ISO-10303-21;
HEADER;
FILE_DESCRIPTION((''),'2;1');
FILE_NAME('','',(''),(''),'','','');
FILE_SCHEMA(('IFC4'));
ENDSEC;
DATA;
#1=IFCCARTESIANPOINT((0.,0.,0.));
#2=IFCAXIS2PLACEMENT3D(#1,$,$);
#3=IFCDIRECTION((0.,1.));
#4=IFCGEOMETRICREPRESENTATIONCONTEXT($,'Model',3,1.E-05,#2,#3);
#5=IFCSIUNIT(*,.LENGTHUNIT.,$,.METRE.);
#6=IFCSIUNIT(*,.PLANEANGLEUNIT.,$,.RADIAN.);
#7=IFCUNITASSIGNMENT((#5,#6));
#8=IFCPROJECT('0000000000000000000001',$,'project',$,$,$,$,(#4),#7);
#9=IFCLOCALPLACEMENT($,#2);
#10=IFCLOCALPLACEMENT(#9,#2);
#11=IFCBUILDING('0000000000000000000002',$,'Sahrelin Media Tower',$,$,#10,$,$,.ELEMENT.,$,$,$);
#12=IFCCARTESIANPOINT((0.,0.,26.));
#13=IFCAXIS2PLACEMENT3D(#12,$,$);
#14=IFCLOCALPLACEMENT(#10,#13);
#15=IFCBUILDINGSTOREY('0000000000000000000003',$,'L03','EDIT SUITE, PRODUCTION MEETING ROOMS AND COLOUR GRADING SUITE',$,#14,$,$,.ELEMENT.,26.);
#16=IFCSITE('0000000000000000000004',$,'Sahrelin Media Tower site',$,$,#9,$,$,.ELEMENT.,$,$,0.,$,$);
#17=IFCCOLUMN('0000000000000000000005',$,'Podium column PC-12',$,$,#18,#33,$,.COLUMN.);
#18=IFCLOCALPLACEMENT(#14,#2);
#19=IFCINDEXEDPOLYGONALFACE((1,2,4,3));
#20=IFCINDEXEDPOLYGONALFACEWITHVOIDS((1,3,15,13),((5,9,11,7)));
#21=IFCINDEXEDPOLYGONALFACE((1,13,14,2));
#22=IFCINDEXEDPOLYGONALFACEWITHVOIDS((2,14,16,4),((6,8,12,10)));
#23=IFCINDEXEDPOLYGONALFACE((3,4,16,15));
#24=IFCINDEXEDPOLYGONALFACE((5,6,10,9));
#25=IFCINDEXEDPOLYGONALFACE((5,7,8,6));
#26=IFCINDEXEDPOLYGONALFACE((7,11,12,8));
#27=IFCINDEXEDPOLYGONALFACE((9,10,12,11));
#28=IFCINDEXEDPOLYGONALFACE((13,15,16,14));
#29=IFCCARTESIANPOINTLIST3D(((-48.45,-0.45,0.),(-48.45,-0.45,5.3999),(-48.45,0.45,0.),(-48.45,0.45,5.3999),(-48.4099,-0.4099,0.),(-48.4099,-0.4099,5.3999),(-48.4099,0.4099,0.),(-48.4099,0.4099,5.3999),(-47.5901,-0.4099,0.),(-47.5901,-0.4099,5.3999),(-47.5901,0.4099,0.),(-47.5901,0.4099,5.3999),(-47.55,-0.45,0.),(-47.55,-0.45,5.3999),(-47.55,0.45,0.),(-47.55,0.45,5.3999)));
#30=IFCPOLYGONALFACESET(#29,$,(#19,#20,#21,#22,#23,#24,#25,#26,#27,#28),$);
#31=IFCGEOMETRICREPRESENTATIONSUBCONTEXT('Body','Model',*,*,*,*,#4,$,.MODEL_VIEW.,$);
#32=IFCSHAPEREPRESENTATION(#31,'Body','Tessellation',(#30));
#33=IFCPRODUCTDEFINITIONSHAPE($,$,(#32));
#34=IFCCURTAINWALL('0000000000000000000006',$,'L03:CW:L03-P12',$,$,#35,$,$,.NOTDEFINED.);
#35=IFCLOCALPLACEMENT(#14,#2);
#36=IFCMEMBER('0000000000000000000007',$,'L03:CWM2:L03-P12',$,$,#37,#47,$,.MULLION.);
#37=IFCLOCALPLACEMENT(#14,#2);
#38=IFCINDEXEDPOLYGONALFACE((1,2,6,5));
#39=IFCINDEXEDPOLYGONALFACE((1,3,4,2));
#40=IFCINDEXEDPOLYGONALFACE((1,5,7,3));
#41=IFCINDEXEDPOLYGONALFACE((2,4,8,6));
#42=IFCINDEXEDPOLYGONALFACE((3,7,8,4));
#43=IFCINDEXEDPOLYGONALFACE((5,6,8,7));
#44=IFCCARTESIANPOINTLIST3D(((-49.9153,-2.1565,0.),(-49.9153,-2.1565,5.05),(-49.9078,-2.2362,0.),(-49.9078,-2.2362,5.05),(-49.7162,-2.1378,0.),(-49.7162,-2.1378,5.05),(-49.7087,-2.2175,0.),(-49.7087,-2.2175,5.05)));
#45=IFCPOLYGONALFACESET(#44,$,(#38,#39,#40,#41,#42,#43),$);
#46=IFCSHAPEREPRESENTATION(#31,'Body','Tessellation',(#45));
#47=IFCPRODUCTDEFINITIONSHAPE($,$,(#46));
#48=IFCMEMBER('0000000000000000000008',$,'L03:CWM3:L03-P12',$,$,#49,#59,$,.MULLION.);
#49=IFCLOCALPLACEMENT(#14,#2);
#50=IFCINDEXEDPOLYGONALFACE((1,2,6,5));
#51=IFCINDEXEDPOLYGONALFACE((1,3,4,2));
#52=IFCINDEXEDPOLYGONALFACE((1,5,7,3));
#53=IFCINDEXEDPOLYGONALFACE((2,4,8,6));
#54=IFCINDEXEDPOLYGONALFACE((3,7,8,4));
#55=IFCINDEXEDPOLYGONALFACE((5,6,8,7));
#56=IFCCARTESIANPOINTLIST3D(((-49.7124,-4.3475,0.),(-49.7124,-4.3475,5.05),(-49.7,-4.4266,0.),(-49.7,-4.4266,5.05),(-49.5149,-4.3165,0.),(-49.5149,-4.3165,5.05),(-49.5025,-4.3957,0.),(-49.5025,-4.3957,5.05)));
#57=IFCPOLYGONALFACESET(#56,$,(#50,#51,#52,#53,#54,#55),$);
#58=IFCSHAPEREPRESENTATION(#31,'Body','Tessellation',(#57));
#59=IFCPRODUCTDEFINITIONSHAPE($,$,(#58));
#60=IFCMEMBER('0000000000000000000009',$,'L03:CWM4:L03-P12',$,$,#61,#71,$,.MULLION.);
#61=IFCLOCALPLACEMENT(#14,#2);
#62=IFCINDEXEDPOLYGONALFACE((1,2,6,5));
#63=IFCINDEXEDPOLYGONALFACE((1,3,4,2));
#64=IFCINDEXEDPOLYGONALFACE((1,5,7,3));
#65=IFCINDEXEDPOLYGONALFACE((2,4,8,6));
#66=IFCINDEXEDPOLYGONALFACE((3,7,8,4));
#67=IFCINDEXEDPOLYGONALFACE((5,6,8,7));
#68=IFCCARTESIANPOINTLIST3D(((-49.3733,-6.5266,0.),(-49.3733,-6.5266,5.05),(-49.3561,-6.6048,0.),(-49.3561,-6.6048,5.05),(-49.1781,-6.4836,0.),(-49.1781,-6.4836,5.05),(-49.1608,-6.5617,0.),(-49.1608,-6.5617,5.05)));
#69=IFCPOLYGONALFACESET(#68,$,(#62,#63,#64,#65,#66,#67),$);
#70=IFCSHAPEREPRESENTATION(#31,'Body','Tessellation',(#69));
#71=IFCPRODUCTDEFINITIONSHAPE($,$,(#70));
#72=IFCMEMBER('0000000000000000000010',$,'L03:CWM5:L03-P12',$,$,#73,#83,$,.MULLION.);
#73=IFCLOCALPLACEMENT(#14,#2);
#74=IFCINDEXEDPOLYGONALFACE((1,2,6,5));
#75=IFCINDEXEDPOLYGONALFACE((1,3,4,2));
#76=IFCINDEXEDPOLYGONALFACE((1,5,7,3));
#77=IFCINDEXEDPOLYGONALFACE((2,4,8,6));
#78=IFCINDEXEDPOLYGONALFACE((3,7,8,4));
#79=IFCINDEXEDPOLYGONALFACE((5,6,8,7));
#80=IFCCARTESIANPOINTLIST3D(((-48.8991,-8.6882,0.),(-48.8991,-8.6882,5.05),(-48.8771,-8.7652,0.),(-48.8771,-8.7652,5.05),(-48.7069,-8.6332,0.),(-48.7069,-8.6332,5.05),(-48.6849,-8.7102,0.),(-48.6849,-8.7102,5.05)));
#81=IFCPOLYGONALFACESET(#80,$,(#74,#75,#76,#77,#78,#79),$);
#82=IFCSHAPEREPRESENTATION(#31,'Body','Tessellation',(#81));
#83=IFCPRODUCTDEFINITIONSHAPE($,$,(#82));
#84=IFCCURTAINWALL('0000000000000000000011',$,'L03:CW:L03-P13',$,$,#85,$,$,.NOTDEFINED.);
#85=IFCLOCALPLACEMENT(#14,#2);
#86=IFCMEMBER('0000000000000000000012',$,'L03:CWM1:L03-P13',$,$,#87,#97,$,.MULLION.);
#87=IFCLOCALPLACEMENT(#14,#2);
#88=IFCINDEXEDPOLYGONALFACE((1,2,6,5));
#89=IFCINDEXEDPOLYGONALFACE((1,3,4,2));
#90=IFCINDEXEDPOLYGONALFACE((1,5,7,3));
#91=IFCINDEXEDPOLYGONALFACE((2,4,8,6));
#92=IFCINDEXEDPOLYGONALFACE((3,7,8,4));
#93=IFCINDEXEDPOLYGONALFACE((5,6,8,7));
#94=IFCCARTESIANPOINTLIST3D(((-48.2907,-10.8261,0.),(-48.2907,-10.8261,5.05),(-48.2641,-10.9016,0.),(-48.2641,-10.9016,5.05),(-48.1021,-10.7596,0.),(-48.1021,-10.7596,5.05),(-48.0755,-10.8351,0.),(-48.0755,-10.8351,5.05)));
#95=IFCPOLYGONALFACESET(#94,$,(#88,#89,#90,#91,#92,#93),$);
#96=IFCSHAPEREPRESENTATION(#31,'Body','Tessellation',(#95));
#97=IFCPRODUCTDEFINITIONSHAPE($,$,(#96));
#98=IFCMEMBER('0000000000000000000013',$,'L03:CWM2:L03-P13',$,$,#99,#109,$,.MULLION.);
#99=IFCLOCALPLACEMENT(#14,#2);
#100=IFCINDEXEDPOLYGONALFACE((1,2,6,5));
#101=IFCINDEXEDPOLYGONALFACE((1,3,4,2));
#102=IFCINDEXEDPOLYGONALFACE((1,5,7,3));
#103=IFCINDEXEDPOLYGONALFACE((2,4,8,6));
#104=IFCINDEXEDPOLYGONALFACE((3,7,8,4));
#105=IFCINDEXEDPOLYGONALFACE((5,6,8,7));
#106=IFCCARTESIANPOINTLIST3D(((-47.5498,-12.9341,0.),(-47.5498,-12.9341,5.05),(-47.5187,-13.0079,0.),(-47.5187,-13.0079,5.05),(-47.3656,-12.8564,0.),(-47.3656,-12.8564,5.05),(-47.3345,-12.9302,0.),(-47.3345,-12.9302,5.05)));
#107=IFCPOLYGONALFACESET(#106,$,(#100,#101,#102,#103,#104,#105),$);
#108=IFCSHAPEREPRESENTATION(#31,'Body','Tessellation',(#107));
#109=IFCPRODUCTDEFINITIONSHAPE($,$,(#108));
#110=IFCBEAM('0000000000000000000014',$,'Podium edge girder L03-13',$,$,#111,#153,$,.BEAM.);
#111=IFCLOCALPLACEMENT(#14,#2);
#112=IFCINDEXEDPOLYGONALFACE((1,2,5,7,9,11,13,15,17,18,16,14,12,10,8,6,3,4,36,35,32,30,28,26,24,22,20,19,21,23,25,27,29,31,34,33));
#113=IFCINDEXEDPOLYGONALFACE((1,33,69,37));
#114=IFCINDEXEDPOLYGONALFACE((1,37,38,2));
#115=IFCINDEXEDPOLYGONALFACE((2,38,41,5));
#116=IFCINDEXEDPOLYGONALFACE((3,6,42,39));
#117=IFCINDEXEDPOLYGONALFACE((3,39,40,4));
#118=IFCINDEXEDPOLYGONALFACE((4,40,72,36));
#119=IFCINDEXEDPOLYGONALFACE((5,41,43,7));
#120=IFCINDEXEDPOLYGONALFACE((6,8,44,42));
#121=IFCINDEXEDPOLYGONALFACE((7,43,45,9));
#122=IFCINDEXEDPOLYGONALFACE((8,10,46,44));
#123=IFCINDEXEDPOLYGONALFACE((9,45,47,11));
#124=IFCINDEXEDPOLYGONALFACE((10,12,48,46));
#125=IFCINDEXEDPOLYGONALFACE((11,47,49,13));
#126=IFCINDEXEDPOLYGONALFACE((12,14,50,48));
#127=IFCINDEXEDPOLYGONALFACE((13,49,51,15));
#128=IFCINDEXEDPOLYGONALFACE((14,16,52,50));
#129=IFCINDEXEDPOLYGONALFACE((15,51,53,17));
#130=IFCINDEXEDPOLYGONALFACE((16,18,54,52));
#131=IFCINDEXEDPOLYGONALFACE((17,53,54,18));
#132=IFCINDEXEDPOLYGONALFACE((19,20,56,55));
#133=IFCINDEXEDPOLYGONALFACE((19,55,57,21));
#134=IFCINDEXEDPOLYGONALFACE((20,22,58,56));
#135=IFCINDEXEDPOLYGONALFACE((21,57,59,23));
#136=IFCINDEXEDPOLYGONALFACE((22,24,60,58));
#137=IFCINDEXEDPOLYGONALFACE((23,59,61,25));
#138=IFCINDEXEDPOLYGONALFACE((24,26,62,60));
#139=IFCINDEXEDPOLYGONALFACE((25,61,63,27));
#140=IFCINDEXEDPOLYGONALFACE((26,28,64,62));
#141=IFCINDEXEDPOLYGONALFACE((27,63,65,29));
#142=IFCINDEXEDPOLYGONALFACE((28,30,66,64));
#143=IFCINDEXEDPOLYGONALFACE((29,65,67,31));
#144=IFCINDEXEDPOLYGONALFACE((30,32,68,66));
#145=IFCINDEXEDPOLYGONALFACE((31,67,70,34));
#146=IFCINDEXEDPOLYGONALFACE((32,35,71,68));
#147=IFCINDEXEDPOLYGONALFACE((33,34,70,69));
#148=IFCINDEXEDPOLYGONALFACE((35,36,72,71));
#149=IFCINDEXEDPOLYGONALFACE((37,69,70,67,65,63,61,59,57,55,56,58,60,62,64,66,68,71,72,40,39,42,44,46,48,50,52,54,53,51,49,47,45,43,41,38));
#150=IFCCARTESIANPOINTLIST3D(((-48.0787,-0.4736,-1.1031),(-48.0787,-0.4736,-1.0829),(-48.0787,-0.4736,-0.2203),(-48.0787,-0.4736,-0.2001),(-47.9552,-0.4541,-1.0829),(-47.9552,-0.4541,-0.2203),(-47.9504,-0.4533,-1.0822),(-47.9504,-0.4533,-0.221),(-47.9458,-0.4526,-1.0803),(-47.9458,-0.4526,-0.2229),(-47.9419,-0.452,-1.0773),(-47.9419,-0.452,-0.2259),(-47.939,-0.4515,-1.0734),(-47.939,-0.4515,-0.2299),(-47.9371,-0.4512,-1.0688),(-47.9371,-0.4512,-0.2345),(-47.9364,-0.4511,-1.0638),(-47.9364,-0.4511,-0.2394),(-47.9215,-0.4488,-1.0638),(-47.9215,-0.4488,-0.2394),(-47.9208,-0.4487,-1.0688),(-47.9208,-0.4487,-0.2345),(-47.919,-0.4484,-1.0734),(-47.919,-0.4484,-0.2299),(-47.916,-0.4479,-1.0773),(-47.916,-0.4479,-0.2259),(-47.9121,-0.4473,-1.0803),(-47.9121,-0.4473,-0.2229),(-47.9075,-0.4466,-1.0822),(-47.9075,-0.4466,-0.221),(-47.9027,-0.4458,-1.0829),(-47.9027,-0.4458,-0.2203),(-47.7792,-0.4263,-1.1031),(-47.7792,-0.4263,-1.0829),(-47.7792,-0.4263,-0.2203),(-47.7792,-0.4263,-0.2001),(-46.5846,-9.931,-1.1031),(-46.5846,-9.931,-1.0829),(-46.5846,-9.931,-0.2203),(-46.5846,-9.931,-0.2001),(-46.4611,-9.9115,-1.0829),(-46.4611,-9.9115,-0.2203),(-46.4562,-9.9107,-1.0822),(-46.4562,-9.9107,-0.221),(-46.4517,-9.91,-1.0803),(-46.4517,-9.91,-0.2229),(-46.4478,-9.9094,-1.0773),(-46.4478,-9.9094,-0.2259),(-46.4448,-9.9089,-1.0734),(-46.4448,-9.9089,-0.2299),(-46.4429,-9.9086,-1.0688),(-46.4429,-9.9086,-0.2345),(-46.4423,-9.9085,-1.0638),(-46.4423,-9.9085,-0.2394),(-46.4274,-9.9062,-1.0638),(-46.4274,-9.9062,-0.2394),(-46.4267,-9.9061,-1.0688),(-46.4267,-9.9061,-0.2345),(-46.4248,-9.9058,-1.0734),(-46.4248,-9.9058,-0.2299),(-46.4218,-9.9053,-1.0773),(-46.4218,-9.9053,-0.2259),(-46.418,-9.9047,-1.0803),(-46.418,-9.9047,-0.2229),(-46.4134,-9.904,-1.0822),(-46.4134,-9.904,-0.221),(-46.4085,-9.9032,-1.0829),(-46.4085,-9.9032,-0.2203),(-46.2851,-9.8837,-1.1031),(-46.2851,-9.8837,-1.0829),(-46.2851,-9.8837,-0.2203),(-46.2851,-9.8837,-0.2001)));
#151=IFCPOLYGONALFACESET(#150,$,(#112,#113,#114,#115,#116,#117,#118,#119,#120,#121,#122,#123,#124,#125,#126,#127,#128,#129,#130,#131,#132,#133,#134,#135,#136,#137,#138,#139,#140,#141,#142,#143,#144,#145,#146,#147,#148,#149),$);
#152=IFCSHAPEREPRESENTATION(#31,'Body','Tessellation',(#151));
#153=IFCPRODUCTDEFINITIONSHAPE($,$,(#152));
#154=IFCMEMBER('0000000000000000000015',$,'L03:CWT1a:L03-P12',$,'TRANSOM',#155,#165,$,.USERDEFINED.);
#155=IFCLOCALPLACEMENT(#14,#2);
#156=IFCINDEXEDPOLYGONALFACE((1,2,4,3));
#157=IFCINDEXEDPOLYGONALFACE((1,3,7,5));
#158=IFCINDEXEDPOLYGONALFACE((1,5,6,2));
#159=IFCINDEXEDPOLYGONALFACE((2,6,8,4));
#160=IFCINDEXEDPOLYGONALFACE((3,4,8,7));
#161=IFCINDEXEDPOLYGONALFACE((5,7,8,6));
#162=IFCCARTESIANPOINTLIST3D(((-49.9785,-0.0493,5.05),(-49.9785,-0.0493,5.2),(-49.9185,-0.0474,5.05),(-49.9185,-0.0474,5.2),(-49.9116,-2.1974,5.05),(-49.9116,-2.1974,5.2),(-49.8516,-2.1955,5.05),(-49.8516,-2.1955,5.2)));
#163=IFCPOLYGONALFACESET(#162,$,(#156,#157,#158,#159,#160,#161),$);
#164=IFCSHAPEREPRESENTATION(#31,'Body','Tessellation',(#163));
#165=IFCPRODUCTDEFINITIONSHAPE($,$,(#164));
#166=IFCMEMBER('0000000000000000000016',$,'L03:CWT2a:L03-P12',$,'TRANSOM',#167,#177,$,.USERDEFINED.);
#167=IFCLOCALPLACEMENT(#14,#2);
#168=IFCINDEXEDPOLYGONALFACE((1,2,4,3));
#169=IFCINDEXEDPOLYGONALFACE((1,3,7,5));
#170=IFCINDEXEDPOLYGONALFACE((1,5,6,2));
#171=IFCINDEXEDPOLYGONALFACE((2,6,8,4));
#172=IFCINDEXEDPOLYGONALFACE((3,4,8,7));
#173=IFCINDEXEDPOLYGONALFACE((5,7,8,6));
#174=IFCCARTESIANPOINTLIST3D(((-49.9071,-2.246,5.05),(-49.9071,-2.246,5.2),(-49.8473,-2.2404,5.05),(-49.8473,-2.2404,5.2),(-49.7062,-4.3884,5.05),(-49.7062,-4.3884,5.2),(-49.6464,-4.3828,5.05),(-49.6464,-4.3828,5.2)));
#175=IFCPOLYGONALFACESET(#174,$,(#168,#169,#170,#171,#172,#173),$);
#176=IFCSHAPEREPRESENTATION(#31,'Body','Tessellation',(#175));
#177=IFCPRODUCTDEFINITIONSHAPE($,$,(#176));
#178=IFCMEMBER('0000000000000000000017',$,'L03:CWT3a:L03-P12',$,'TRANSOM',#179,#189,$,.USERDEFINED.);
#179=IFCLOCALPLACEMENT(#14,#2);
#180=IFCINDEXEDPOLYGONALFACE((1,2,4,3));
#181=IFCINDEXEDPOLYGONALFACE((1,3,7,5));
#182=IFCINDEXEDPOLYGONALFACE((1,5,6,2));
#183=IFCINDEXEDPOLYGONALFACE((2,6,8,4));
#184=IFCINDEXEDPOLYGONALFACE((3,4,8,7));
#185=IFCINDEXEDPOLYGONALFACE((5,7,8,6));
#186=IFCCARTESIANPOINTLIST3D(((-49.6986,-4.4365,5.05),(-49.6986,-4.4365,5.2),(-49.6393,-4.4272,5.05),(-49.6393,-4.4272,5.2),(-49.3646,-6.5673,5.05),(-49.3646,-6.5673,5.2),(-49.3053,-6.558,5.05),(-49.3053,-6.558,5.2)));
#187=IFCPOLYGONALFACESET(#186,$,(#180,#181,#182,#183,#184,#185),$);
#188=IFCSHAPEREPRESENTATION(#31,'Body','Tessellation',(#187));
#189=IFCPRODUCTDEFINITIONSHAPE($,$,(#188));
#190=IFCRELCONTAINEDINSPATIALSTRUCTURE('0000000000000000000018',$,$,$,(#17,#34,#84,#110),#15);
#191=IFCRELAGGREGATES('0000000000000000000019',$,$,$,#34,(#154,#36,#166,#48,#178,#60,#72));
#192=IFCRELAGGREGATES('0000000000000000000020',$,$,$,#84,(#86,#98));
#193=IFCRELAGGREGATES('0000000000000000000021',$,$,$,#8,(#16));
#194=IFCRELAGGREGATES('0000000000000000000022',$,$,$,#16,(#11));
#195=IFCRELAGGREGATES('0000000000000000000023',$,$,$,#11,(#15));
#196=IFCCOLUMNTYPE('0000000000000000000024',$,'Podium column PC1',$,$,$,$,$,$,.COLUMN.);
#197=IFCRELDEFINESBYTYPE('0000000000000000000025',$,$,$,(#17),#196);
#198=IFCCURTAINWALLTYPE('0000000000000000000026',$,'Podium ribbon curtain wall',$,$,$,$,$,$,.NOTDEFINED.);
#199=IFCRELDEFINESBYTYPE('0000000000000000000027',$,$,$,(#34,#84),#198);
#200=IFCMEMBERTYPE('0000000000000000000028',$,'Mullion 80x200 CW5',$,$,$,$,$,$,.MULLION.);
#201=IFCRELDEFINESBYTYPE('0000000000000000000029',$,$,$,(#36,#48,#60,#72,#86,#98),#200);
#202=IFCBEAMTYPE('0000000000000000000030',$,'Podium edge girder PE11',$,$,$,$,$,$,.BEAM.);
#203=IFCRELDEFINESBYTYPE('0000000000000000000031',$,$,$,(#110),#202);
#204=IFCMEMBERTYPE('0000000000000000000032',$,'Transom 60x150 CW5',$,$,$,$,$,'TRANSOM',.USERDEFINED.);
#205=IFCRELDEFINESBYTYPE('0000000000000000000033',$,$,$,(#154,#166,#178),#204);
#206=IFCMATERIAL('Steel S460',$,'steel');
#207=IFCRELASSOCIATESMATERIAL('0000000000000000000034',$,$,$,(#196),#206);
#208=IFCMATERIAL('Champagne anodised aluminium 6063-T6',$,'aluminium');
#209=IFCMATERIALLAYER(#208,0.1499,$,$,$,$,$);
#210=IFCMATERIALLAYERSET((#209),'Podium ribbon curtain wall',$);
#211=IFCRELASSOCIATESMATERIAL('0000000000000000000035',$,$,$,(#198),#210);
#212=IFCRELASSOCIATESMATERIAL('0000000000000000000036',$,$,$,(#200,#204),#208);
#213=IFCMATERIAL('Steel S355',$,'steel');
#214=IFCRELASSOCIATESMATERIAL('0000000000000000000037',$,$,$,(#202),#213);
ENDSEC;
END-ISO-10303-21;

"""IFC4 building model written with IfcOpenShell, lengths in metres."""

from ifc_helpers import new_model, si_unit, direction, frame, origin, origin_2d, place, context, subcontext, project, spatial, rectangle, hollow_rectangle, i_section, extrude, material, layer, layer_set, material_profile, profile_set, type_object, element, aggregate, save


model = new_model("IFC4")

# Units and contexts
model_context = context("Model", 3, precision=1e-05, world=origin(), true_north=direction((0.0, 1.0)))
body_context = subcontext(model_context, "Body", "Model", "MODEL_VIEW")
ifc_project = project(units=[si_unit("LENGTHUNIT", "METRE"), si_unit("PLANEANGLEUNIT", "RADIAN")], contexts=[model_context])

# Site, building, storey
site_placement = place(None, origin())
site = spatial("IfcSite", under=ifc_project, at=site_placement, Name="Sahrelin Media Tower site", CompositionType="ELEMENT", RefElevation=0.0)
building_placement = place(site_placement, origin())
building = spatial("IfcBuilding", under=site, at=building_placement, Name="Sahrelin Media Tower", CompositionType="ELEMENT")
storey_placement = place(building_placement, frame((0.0, 0.0, 26.0)))
storey = spatial("IfcBuildingStorey", under=building, at=storey_placement, Name="L03", Description="EDIT SUITE, PRODUCTION MEETING ROOMS AND COLOUR GRADING SUITE", CompositionType="ELEMENT", Elevation=26.0)

# Column
ifc_material_1 = material(Name="Steel S460", Category="steel")
ifc_material_profile_1 = material_profile(ifc_material_1, hollow_rectangle(XDim=0.8999, YDim=0.8999, WallThickness=0.04, at=origin_2d()), Name="Podium column PC1")
ifc_profile_set_1 = profile_set([ifc_material_profile_1], Name="Steel S460")
column_type = type_object("IfcColumnType", Name="Podium column PC1", PredefinedType="COLUMN", material=ifc_profile_set_1)
column_placement = place(storey_placement, frame((-48.0, 0.0, 0.0), z_axis=(0.0, 0.0, 1.0), x_axis=(-1.0, 0.0, 0.0)))
element("IfcColumn", 1, at=column_placement, inside=storey, type_object=column_type, Name="Podium column PC-12", PredefinedType="COLUMN", context=body_context, shape_type="SweptSolid", body=[
    extrude(hollow_rectangle(XDim=0.8999, YDim=0.8999, WallThickness=0.04, at=origin_2d()), origin(), (0.0, 0.0, 1.0), 5.3999),
])

# Curtain walls, members
ifc_material_2 = material(Name="Champagne anodised aluminium 6063-T6", Category="aluminium")
ifc_layer_1 = layer(ifc_material_2, 0.1499)
ifc_layer_set_1 = layer_set([ifc_layer_1], Name="Podium ribbon curtain wall")
curtain_wall_type = type_object("IfcCurtainWallType", Name="Podium ribbon curtain wall", PredefinedType="NOTDEFINED", material=ifc_layer_set_1)
curtain_wall_1_placement = place(storey_placement, frame((-50.0, 0.0, 0.0), z_axis=(0.0, 0.0, 1.0), x_axis=(1.0, 0.0, 0.0)))
curtain_wall_1 = element("IfcCurtainWall", 2, at=curtain_wall_1_placement, inside=storey, type_object=curtain_wall_type, Name="L03:CW:L03-P12", PredefinedType="NOTDEFINED")
ifc_material_profile_2 = material_profile(ifc_material_2, rectangle(XDim=0.0801, YDim=0.2, at=origin_2d()), Name="Mullion 80x200")
ifc_profile_set_2 = profile_set([ifc_material_profile_2], Name="Champagne anodised aluminium 6063-T6")
member_type_1 = type_object("IfcMemberType", Name="Mullion 80x200 CW5", PredefinedType="MULLION", material=ifc_profile_set_2)
member_1_placement = place(storey_placement, frame((-49.812, -2.187, 0.0), z_axis=(0.0, 0.0, 1.0), x_axis=(0.093292, -0.995639, 0.0)))
member_1 = element("IfcMember", 3, at=member_1_placement, type_object=member_type_1, Name="L03:CWM2:L03-P12", PredefinedType="MULLION", context=body_context, shape_type="SweptSolid", body=[
    extrude(rectangle(XDim=0.0801, YDim=0.2, at=origin_2d()), origin(), (0.0, 0.0, 1.0), 5.05),
])
member_2_placement = place(storey_placement, frame((-49.6074, -4.3716, 0.0), z_axis=(0.0, 0.0, 1.0), x_axis=(0.154852, -0.987938, 0.0)))
member_2 = element("IfcMember", 4, at=member_2_placement, type_object=member_type_1, Name="L03:CWM3:L03-P12", PredefinedType="MULLION", context=body_context, shape_type="SweptSolid", body=[
    extrude(rectangle(XDim=0.0801, YDim=0.2, at=origin_2d()), origin(), (0.0, 0.0, 1.0), 5.05),
])
member_3_placement = place(storey_placement, frame((-49.2671, -6.5442, 0.0), z_axis=(0.0, 0.0, 1.0), x_axis=(0.215438, -0.976518, 0.0)))
member_3 = element("IfcMember", 5, at=member_3_placement, type_object=member_type_1, Name="L03:CWM4:L03-P12", PredefinedType="MULLION", context=body_context, shape_type="SweptSolid", body=[
    extrude(rectangle(XDim=0.0801, YDim=0.2, at=origin_2d()), origin(), (0.0, 0.0, 1.0), 5.05),
])
member_4_placement = place(storey_placement, frame((-48.792, -8.6992, 0.0), z_axis=(0.0, 0.0, 1.0), x_axis=(0.27481, -0.961499, 0.0)))
member_4 = element("IfcMember", 6, at=member_4_placement, type_object=member_type_1, Name="L03:CWM5:L03-P12", PredefinedType="MULLION", context=body_context, shape_type="SweptSolid", body=[
    extrude(rectangle(XDim=0.0801, YDim=0.2, at=origin_2d()), origin(), (0.0, 0.0, 1.0), 5.05),
])
curtain_wall_2_placement = place(storey_placement, frame((-48.2964, -10.8704, 0.0), z_axis=(0.0, 0.0, 1.0), x_axis=(1.0, 0.0, 0.0)))
curtain_wall_2 = element("IfcCurtainWall", 7, at=curtain_wall_2_placement, inside=storey, type_object=curtain_wall_type, Name="L03:CW:L03-P13", PredefinedType="NOTDEFINED")
member_5_placement = place(storey_placement, frame((-48.1831, -10.8306, 0.0), z_axis=(0.0, 0.0, 1.0), x_axis=(0.332579, -0.943075, 0.0)))
member_5 = element("IfcMember", 8, at=member_5_placement, type_object=member_type_1, Name="L03:CWM1:L03-P13", PredefinedType="MULLION", context=body_context, shape_type="SweptSolid", body=[
    extrude(rectangle(XDim=0.0801, YDim=0.2, at=origin_2d()), origin(), (0.0, 0.0, 1.0), 5.05),
])
member_6_placement = place(storey_placement, frame((-47.4421, -12.9321, 0.0), z_axis=(0.0, 0.0, 1.0), x_axis=(0.38845, -0.92147, 0.0)))
member_6 = element("IfcMember", 9, at=member_6_placement, type_object=member_type_1, Name="L03:CWM2:L03-P13", PredefinedType="MULLION", context=body_context, shape_type="SweptSolid", body=[
    extrude(rectangle(XDim=0.0801, YDim=0.2, at=origin_2d()), origin(), (0.0, 0.0, 1.0), 5.05),
])

# Beam
ifc_material_3 = material(Name="Steel S355", Category="steel")
ifc_material_profile_3 = material_profile(ifc_material_3, i_section(OverallWidth=0.3032, OverallDepth=0.9031, WebThickness=0.0151, FlangeThickness=0.0203, FilletRadius=0.019, at=origin_2d()), Name="UB 914x305x201")
ifc_profile_set_3 = profile_set([ifc_material_profile_3], Name="Steel S355")
beam_type = type_object("IfcBeamType", Name="Podium edge girder PE11", PredefinedType="BEAM", material=ifc_profile_set_3)
beam_placement = place(storey_placement, frame((-47.929, -0.45, -0.6516), z_axis=(0.156049, -0.987749, 0.0), x_axis=(0.987749, 0.156049, 0.0)))
element("IfcBeam", 10, at=beam_placement, inside=storey, type_object=beam_type, Name="Podium edge girder L03-13", PredefinedType="BEAM", context=body_context, shape_type="SweptSolid", body=[
    extrude(i_section(OverallWidth=0.3032, OverallDepth=0.9031, WebThickness=0.0151, FlangeThickness=0.0203, FilletRadius=0.019, at=origin_2d()), origin(), (0.0, 0.0, 1.0), 9.5747),
])

# Members
ifc_material_profile_4 = material_profile(ifc_material_2, rectangle(XDim=0.0601, YDim=0.1499, at=origin_2d()), Name="Transom 60x150")
ifc_profile_set_4 = profile_set([ifc_material_profile_4], Name="Champagne anodised aluminium 6063-T6")
member_type_2 = type_object("IfcMemberType", Name="Transom 60x150 CW5", ElementType="TRANSOM", PredefinedType="USERDEFINED", material=ifc_profile_set_4)
member_7_placement = place(storey_placement, frame((-49.9485, -0.0483, 5.125), z_axis=(0.031125, -0.999516, 0.0), x_axis=(0.999516, 0.031125, 0.0)))
member_7 = element("IfcMember", 11, at=member_7_placement, type_object=member_type_2, Name="L03:CWT1a:L03-P12", ObjectType="TRANSOM", PredefinedType="USERDEFINED", context=body_context, shape_type="SweptSolid", body=[
    extrude(rectangle(XDim=0.0601, YDim=0.1499, at=origin_2d()), origin(), (0.0, 0.0, 1.0), 2.1492),
])
member_8_placement = place(storey_placement, frame((-49.8772, -2.2432, 5.125), z_axis=(0.093379, -0.995631, 0.0), x_axis=(0.995631, 0.093379, 0.0)))
member_8 = element("IfcMember", 12, at=member_8_placement, type_object=member_type_2, Name="L03:CWT2a:L03-P12", ObjectType="TRANSOM", PredefinedType="USERDEFINED", context=body_context, shape_type="SweptSolid", body=[
    extrude(rectangle(XDim=0.0601, YDim=0.1499, at=origin_2d()), origin(), (0.0, 0.0, 1.0), 2.1519),
])
member_9_placement = place(storey_placement, frame((-49.6689, -4.4319, 5.125), z_axis=(0.154864, -0.987936, 0.0), x_axis=(0.987936, 0.154864, 0.0)))
member_9 = element("IfcMember", 13, at=member_9_placement, type_object=member_type_2, Name="L03:CWT3a:L03-P12", ObjectType="TRANSOM", PredefinedType="USERDEFINED", context=body_context, shape_type="SweptSolid", body=[
    extrude(rectangle(XDim=0.0601, YDim=0.1499, at=origin_2d()), origin(), (0.0, 0.0, 1.0), 2.1567),
])

aggregate(curtain_wall_1, [member_7, member_1, member_8, member_2, member_9, member_3, member_4])
aggregate(curtain_wall_2, [member_5, member_6])

save(model, "model.ifc")
